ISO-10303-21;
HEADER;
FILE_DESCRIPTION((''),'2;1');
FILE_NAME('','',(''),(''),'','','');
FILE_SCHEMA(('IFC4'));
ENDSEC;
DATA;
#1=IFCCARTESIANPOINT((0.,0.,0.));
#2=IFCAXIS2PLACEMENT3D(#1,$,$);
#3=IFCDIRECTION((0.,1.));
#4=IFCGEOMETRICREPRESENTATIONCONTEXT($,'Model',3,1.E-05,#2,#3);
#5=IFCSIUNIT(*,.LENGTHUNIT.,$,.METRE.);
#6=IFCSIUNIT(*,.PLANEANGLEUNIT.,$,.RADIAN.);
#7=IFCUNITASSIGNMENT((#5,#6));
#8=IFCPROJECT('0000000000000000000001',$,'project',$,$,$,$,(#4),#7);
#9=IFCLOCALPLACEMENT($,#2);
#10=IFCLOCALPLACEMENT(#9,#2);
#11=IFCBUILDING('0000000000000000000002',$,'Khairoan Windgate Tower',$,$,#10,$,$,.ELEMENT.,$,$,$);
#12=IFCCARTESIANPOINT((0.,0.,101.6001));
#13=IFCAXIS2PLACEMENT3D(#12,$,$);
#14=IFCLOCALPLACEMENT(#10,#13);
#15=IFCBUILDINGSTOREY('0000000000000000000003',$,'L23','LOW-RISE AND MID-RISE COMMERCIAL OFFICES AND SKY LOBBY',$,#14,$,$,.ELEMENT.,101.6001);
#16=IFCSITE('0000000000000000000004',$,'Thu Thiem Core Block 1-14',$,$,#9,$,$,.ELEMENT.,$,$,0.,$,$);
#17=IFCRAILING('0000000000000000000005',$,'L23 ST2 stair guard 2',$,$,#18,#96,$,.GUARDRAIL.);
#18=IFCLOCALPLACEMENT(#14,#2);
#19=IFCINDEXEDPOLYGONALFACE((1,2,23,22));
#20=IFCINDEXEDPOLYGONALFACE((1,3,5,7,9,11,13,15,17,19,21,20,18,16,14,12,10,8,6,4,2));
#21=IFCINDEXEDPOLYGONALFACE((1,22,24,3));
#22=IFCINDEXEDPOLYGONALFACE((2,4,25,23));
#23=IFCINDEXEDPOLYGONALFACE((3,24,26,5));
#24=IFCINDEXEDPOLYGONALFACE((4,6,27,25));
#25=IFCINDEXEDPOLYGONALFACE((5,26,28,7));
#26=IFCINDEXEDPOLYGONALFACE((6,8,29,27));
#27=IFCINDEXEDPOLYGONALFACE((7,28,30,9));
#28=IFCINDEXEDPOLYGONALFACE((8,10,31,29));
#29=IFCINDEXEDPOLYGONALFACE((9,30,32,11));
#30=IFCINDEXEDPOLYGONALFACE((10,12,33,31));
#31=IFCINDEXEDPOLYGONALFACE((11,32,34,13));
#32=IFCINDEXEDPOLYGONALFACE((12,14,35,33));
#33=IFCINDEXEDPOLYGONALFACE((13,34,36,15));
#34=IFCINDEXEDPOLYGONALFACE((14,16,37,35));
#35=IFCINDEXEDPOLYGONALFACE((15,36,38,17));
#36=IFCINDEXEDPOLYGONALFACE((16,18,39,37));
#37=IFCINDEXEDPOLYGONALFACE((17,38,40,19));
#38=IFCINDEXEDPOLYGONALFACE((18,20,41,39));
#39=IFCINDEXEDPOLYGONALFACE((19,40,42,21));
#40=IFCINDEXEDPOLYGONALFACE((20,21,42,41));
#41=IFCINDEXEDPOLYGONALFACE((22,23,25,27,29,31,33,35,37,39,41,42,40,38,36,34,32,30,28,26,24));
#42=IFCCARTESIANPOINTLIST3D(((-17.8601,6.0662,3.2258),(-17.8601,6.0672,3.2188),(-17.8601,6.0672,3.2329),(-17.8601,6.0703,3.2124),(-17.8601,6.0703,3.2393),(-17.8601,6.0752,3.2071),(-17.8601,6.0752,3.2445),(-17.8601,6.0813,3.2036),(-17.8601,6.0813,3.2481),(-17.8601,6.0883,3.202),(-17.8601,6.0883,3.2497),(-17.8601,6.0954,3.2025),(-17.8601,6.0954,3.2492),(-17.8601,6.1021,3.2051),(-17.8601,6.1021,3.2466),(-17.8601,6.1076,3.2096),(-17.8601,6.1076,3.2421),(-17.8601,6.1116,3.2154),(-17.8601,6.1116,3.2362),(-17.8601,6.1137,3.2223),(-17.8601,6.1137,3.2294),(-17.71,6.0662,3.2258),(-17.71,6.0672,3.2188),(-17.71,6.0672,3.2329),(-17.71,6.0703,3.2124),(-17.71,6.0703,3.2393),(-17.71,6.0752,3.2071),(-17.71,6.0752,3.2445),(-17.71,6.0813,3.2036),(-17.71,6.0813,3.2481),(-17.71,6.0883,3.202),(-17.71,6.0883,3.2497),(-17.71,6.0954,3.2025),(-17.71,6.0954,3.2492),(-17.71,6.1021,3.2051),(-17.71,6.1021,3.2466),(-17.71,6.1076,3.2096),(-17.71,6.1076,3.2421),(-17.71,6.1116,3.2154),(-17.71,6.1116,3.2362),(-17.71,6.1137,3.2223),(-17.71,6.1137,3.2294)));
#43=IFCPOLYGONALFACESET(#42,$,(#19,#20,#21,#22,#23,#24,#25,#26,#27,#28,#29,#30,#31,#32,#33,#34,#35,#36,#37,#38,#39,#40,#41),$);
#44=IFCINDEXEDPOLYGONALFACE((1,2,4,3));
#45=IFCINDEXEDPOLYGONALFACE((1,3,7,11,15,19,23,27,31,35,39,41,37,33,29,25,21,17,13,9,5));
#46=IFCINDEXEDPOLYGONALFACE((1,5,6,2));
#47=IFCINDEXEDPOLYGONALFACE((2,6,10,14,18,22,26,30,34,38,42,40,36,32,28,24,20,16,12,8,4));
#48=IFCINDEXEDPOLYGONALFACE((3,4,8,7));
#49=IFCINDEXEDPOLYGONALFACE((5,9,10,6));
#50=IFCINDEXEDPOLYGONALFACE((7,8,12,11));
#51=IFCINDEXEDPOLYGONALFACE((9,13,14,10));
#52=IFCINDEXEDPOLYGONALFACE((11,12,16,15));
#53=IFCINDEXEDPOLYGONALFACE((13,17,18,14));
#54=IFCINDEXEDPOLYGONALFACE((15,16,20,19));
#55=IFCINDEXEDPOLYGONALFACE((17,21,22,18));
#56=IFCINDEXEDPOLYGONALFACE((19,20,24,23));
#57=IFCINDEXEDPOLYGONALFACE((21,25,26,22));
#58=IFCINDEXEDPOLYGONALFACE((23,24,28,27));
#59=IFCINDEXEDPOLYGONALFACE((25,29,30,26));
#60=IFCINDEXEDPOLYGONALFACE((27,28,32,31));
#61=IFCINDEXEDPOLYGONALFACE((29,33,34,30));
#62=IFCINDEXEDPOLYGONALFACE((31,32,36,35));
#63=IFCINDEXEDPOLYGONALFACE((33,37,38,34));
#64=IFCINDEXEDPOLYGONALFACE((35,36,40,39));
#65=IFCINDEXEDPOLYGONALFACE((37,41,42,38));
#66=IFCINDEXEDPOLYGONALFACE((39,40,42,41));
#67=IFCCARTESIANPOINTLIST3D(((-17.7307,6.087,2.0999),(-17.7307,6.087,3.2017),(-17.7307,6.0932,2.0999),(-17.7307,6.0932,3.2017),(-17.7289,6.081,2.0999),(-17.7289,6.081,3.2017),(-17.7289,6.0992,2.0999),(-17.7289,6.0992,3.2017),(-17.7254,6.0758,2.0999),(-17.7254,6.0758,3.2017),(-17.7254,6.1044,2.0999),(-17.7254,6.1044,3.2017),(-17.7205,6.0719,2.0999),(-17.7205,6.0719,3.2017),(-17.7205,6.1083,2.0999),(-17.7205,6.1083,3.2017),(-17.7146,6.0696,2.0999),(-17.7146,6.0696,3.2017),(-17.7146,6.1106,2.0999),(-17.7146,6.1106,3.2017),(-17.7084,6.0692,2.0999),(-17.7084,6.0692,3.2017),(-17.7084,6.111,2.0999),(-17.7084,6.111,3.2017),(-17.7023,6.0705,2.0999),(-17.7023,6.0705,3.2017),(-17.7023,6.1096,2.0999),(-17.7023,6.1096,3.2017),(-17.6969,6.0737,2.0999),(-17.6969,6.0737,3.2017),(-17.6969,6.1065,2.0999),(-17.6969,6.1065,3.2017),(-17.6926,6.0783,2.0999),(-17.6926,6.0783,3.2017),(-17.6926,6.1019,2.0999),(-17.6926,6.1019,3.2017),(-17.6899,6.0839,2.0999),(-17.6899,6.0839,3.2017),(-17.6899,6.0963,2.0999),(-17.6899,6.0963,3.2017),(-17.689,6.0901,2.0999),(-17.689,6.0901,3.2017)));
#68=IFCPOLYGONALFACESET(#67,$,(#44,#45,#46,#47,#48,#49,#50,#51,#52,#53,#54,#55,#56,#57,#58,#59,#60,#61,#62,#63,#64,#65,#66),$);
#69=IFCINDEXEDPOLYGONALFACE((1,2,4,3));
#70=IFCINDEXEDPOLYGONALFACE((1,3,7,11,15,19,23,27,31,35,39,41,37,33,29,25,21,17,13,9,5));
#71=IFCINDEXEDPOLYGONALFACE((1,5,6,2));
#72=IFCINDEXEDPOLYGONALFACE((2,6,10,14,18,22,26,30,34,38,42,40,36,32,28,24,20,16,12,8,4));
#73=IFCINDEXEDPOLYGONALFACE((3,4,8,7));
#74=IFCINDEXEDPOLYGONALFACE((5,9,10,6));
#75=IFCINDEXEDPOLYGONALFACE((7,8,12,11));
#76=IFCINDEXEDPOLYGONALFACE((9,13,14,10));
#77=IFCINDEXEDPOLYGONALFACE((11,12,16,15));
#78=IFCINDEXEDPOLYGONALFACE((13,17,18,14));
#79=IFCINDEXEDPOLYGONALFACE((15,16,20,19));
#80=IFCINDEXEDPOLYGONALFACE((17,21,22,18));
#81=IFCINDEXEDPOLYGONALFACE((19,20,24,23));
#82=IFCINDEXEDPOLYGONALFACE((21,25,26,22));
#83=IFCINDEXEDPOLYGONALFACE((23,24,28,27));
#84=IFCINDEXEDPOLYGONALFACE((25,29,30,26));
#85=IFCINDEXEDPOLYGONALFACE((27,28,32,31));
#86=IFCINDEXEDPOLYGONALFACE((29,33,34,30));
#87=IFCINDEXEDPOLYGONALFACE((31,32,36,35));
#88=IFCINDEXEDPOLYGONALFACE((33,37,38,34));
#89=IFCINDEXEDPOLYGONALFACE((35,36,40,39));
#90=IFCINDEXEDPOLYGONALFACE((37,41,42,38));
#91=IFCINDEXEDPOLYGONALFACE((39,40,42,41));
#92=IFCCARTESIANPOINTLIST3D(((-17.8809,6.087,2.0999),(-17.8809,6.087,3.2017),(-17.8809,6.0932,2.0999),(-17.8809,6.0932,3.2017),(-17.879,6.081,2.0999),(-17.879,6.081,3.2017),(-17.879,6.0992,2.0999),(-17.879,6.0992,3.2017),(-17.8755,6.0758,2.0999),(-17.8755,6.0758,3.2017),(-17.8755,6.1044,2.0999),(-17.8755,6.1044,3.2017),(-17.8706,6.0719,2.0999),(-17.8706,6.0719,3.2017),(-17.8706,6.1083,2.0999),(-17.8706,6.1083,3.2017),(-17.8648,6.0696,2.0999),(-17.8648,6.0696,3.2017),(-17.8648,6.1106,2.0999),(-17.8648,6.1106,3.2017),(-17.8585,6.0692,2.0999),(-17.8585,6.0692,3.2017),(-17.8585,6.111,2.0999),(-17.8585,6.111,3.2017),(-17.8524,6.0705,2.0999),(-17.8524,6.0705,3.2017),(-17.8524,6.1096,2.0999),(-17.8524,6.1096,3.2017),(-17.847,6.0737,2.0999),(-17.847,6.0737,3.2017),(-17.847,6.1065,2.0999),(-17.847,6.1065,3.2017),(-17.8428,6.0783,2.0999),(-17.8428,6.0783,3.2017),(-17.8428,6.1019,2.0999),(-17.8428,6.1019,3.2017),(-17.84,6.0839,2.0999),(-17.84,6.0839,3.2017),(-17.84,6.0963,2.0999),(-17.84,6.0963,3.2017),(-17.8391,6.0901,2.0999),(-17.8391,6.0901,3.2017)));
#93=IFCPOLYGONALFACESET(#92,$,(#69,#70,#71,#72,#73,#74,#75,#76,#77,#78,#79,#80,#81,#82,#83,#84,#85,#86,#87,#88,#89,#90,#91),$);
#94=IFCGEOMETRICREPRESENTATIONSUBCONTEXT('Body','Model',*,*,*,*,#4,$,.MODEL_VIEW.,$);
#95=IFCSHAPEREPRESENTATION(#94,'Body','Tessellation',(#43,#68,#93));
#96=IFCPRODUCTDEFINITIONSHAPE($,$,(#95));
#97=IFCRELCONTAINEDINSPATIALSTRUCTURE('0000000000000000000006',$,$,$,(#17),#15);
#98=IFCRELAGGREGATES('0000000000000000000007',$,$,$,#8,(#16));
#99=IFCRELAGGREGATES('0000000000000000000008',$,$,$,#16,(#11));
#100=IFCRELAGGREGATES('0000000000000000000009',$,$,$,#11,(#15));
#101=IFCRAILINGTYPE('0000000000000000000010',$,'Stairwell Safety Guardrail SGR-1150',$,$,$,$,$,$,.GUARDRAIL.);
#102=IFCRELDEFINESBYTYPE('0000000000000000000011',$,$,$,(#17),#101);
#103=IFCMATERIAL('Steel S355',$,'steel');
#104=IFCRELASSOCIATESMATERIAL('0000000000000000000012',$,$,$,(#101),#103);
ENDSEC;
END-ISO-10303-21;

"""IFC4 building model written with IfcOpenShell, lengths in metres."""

from ifc_helpers import new_model, si_unit, direction, frame, origin, origin_2d, place, context, subcontext, project, spatial, circle, extrude, material, type_object, element, save


model = new_model("IFC4")

# Units and contexts
model_context = context("Model", 3, precision=1e-05, world=origin(), true_north=direction((0.0, 1.0)))
body_context = subcontext(model_context, "Body", "Model", "MODEL_VIEW")
ifc_project = project(units=[si_unit("LENGTHUNIT", "METRE"), si_unit("PLANEANGLEUNIT", "RADIAN")], contexts=[model_context])

# Site, building, storey
site_placement = place(None, origin())
site = spatial("IfcSite", under=ifc_project, at=site_placement, Name="Thu Thiem Core Block 1-14", CompositionType="ELEMENT", RefElevation=0.0)
building_placement = place(site_placement, origin())
building = spatial("IfcBuilding", under=site, at=building_placement, Name="Khairoan Windgate Tower", CompositionType="ELEMENT")
storey_placement = place(building_placement, frame((0.0, 0.0, 101.6001)))
storey = spatial("IfcBuildingStorey", under=building, at=storey_placement, Name="L23", Description="LOW-RISE AND MID-RISE COMMERCIAL OFFICES AND SKY LOBBY", CompositionType="ELEMENT", Elevation=101.6001)

# Railing
ifc_material_1 = material(Name="Steel S355", Category="steel")
railing_type_1 = type_object("IfcRailingType", Name="Stairwell Safety Guardrail SGR-1150", PredefinedType="GUARDRAIL", material=ifc_material_1)
railing_1_placement = place(storey_placement, frame((-17.71, 6.0901, 2.0999)))
element("IfcRailing", 1, at=railing_1_placement, inside=storey, type_object=railing_type_1, Name="L23 ST2 stair guard 2", PredefinedType="GUARDRAIL", context=body_context, shape_type="SweptSolid", body=[
    extrude(circle(Radius=0.0239, at=origin_2d()), frame((0.0, 0.0, 1.126), z_axis=(-1.0, 0.0, 0.0), x_axis=(0.0, -1.0, 0.0)), (0.0, 0.0, 1.0), 0.1501),
    extrude(circle(Radius=0.021, at=origin_2d()), origin(), (0.0, 0.0, 1.0), 1.1018),
    extrude(circle(Radius=0.021, at=origin_2d()), frame((-0.1501, 0.0, 0.0)), (0.0, 0.0, 1.0), 1.1018),
])

save(model, "model.ifc")
